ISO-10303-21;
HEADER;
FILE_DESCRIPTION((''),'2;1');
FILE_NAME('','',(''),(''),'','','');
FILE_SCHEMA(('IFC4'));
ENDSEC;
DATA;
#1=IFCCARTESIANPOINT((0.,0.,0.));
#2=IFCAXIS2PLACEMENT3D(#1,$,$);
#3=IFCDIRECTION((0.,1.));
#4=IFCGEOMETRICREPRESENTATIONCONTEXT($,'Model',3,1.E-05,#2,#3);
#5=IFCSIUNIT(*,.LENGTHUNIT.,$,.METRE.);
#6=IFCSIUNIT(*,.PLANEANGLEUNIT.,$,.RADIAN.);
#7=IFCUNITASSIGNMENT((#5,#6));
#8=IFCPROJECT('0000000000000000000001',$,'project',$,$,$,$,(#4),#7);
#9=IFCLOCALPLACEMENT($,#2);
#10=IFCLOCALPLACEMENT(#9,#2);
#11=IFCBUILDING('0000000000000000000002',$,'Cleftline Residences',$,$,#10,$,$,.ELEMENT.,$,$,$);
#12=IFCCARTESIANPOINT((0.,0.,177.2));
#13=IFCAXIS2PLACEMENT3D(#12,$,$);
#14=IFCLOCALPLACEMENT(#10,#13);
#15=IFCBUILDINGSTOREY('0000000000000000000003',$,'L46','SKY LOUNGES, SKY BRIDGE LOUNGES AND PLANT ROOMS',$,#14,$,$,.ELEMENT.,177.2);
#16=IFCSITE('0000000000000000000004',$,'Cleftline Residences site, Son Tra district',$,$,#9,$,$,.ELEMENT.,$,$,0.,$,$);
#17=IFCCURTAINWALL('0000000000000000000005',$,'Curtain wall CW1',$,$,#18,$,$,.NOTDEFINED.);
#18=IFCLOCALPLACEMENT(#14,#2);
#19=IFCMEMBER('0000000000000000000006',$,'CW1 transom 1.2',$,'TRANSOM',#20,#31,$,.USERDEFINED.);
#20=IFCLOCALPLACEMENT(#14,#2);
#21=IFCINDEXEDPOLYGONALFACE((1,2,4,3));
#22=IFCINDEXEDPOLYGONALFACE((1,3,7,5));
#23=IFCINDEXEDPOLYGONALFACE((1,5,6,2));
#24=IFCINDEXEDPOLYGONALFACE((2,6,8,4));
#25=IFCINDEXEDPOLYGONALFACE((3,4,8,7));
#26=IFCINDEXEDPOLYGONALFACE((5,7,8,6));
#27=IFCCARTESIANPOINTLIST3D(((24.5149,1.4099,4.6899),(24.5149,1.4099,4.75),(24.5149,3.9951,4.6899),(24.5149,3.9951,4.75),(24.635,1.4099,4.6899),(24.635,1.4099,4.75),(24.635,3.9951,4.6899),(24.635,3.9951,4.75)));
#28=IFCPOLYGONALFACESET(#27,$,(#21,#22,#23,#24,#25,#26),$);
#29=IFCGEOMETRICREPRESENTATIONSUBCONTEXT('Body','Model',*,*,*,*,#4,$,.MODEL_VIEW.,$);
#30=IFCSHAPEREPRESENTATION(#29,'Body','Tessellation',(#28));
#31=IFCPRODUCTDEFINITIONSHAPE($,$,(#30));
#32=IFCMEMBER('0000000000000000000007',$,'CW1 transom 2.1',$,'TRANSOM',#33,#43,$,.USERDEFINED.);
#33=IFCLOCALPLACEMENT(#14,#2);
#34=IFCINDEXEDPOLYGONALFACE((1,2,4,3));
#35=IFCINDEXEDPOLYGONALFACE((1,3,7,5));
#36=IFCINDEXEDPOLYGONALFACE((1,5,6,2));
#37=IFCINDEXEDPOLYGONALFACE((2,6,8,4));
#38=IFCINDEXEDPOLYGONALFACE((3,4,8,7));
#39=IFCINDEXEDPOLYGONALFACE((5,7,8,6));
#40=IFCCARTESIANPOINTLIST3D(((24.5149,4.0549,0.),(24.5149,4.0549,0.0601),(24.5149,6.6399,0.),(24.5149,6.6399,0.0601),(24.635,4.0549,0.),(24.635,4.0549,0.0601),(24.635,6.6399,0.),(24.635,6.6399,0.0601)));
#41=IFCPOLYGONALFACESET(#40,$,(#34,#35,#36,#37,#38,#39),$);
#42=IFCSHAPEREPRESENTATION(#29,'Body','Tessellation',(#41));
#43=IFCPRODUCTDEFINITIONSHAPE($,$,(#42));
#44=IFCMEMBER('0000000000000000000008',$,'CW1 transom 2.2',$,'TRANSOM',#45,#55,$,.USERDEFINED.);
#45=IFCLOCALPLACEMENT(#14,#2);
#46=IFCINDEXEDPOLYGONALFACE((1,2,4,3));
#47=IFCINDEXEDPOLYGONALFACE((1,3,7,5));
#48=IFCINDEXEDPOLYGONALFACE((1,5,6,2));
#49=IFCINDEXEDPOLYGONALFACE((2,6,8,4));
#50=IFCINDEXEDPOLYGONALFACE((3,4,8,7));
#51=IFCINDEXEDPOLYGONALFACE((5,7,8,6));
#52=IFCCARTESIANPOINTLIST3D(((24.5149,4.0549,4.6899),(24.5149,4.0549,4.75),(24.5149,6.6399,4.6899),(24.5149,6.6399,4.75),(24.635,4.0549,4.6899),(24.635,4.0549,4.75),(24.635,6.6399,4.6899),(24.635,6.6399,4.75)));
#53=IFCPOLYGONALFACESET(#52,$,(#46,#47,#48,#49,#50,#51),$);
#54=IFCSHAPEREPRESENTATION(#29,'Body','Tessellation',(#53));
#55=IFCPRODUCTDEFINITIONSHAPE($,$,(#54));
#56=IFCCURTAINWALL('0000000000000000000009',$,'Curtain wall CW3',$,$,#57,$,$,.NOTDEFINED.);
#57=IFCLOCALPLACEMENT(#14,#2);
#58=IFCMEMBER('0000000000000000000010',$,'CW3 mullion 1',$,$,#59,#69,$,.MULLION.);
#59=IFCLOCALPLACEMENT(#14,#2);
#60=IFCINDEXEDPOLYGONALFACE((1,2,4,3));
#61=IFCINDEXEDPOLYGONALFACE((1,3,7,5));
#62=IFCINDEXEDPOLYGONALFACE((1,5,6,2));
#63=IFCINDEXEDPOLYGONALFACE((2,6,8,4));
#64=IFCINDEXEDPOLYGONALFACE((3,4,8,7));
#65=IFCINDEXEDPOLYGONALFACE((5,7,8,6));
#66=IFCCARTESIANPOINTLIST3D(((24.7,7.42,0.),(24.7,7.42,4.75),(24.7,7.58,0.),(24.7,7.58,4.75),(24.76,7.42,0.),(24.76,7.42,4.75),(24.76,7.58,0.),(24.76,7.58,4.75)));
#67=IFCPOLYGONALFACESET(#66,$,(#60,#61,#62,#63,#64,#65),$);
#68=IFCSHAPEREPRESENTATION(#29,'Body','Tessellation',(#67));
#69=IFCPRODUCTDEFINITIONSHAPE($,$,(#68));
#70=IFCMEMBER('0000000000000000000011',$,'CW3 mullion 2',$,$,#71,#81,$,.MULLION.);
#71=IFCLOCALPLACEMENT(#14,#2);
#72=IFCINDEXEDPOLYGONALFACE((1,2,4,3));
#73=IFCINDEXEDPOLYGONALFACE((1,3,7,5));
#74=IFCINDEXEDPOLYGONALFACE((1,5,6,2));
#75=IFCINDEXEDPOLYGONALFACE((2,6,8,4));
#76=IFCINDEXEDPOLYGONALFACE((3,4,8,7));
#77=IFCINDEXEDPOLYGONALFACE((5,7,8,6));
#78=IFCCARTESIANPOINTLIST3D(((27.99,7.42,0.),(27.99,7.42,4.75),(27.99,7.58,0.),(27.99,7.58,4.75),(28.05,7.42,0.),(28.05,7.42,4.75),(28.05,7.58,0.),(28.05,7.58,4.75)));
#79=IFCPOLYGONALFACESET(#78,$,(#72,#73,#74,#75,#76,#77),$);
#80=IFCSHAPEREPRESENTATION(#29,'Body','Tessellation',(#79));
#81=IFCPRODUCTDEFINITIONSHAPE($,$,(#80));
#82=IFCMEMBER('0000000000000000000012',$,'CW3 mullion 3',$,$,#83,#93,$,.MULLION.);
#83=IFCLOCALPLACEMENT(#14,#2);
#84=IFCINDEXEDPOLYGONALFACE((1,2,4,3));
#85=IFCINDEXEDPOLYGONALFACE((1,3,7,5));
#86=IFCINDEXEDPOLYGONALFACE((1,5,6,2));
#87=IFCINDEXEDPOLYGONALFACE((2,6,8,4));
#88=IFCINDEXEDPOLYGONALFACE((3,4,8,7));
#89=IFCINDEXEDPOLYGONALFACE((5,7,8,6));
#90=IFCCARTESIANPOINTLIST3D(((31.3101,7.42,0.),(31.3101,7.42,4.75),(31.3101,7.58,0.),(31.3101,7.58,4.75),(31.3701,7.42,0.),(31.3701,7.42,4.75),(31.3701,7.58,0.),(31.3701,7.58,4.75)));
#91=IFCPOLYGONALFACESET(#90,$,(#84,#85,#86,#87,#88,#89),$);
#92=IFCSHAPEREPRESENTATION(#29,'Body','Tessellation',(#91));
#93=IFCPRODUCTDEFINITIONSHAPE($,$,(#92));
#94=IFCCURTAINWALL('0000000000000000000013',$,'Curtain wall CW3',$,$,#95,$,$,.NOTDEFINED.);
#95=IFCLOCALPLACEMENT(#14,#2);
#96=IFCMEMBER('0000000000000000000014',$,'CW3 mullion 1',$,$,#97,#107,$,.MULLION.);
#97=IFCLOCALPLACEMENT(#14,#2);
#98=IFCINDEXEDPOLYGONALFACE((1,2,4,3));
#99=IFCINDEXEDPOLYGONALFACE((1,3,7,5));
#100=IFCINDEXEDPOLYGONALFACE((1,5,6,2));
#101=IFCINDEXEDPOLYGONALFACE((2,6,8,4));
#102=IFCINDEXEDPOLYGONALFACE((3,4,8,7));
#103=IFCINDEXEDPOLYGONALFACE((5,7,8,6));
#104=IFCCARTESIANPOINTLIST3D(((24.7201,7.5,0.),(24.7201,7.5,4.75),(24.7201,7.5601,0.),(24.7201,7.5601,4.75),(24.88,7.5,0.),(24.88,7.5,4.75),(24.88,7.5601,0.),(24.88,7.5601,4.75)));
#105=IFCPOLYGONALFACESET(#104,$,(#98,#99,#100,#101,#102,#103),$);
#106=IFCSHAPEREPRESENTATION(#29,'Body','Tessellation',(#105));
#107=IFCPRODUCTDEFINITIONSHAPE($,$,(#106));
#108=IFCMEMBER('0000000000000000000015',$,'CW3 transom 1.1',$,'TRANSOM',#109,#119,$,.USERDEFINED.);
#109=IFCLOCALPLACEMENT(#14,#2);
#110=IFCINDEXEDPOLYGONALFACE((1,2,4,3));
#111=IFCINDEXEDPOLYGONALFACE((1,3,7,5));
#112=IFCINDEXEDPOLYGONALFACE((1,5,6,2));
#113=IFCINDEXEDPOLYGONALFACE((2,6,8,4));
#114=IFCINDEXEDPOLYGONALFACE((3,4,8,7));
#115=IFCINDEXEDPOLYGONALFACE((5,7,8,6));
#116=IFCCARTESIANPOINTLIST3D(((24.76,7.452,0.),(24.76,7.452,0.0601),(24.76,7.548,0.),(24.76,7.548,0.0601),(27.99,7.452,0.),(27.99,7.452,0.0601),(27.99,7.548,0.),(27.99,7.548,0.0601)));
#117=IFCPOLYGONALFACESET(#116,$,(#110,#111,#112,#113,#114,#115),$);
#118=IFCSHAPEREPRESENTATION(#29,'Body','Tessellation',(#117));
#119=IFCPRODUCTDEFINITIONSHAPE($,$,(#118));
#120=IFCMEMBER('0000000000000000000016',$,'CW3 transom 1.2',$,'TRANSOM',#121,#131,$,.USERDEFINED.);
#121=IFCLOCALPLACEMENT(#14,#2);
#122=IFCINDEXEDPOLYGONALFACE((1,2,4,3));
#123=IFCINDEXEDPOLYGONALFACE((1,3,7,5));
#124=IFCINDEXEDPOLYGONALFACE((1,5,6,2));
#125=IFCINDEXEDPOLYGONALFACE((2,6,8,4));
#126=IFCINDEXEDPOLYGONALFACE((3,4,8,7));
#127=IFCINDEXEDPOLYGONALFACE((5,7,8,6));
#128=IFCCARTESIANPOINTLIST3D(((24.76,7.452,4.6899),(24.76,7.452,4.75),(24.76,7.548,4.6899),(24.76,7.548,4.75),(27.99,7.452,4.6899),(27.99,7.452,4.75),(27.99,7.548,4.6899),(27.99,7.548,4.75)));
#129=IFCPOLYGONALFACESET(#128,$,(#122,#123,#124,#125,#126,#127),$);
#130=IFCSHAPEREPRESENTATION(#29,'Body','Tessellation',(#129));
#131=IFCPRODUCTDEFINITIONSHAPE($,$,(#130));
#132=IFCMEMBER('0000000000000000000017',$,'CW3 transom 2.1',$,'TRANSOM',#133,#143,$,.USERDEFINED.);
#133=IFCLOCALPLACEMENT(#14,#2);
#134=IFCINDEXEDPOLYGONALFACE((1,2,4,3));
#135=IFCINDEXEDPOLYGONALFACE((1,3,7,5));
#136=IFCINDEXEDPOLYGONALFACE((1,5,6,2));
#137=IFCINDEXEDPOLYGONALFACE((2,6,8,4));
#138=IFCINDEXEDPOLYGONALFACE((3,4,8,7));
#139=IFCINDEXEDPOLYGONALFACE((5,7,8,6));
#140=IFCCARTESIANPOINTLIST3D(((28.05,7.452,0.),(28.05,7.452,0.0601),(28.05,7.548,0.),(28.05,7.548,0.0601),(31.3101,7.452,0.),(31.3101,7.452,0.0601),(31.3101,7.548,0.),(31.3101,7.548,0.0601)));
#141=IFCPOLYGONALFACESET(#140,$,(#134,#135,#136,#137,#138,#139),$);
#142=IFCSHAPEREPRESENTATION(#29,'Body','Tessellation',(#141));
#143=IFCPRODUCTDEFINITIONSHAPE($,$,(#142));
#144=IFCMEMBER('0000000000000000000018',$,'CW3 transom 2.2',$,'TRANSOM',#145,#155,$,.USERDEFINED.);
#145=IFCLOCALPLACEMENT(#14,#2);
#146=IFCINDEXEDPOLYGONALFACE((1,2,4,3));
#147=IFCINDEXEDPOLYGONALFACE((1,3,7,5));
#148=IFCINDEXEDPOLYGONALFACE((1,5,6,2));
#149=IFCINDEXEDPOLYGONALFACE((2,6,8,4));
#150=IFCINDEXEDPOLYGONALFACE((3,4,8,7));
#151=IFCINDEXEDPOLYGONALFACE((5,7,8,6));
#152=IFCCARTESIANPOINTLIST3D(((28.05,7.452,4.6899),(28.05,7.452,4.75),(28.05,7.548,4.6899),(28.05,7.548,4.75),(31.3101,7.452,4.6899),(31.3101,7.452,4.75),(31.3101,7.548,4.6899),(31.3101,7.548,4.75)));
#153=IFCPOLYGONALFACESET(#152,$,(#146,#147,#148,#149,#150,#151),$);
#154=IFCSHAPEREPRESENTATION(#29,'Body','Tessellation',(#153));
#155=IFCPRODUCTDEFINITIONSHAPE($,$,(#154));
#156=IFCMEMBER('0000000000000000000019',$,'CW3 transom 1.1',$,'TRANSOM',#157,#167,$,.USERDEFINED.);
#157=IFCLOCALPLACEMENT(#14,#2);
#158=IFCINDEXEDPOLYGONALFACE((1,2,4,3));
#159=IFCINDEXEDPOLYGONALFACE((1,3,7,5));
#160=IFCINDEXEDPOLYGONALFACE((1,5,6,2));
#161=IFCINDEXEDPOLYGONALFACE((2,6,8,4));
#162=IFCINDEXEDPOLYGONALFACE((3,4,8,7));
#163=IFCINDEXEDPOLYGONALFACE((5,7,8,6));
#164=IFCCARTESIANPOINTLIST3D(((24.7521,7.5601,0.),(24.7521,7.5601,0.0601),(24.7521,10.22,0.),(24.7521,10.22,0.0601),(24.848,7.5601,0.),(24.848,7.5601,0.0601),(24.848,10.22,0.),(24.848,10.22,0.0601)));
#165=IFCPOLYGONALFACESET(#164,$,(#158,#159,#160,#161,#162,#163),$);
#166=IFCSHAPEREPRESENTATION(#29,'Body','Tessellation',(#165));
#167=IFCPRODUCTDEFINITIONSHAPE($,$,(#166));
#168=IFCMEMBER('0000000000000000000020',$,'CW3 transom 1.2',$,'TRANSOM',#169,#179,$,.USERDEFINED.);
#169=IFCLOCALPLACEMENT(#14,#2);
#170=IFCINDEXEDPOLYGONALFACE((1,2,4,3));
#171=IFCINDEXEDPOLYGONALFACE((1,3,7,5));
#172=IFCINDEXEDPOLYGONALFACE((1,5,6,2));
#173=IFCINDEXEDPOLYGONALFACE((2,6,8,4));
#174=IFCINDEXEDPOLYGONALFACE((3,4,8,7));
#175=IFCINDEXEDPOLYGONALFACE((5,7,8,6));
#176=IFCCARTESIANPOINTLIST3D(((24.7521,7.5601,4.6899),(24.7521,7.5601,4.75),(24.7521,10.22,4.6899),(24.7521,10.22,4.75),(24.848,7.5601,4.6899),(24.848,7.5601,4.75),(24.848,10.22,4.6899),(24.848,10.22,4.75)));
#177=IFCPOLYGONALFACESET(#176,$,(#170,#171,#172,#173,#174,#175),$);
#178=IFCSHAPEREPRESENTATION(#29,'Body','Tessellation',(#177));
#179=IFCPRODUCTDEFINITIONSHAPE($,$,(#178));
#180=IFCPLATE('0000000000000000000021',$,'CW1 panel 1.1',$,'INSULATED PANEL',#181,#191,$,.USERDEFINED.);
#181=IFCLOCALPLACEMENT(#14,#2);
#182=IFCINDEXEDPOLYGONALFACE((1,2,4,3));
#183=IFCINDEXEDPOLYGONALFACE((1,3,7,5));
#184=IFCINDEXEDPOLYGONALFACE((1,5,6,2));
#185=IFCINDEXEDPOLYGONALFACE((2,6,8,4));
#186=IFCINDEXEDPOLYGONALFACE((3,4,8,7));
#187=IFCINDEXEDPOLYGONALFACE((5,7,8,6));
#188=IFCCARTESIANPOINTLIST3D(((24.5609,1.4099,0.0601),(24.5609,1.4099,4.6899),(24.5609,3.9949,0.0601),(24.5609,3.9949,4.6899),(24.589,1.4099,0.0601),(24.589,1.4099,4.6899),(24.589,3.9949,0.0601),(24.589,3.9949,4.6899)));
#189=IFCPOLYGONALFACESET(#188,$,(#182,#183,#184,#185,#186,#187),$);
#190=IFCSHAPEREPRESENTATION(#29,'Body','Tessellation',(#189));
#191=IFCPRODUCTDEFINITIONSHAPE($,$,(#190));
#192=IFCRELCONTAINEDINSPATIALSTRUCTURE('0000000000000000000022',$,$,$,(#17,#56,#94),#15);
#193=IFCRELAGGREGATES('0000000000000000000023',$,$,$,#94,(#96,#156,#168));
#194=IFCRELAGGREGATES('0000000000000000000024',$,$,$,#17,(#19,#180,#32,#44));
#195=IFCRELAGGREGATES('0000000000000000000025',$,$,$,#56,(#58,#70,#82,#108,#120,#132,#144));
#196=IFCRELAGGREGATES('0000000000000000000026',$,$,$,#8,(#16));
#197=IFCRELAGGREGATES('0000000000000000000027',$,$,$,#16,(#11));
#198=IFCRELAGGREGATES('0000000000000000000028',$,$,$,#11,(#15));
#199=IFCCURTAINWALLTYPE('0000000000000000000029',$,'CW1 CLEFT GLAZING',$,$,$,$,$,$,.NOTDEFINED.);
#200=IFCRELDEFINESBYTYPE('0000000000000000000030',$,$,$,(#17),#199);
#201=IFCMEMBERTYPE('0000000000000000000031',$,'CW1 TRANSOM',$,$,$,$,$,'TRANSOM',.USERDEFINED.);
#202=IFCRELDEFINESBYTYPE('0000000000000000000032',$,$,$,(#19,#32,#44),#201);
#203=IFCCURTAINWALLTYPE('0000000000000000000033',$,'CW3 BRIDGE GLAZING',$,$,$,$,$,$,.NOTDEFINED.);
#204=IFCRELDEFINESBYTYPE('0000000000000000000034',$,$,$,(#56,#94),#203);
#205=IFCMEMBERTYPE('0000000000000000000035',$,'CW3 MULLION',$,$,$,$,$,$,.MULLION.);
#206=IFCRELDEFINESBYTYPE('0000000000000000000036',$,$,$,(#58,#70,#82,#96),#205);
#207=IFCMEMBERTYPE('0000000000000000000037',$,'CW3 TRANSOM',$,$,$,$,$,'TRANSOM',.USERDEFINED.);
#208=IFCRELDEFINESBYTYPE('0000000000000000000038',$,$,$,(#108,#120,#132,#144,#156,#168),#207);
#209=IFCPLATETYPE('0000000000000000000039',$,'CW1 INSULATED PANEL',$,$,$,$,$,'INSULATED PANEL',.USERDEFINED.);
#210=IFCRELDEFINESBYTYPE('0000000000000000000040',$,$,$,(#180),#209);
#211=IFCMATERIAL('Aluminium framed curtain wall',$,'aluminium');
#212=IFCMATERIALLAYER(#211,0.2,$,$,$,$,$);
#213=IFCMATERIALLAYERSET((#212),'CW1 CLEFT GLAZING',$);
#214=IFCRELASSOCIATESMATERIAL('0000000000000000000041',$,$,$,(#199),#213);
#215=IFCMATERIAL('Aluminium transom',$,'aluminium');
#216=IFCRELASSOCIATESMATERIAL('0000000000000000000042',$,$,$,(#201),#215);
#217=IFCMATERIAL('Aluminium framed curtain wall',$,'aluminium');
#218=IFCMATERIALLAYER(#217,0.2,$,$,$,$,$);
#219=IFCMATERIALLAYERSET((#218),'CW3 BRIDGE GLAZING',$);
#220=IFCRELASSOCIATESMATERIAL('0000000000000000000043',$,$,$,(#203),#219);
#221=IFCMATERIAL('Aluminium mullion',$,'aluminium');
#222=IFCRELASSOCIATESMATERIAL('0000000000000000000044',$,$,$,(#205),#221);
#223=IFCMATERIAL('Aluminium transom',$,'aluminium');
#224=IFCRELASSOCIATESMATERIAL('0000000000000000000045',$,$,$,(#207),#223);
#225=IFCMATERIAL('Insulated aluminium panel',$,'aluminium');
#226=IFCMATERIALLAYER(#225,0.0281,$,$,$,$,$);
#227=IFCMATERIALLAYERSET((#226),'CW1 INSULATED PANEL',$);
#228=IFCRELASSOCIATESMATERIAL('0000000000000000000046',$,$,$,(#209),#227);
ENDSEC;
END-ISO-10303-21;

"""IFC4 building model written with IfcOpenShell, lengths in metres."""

from ifc_helpers import new_model, si_unit, direction, frame, origin, origin_2d, place, context, subcontext, project, spatial, rectangle, extrude, material, layer, layer_set, material_profile, profile_set, type_object, element, aggregate, save


model = new_model("IFC4")

# Units and contexts
model_context = context("Model", 3, precision=1e-05, world=origin(), true_north=direction((0.0, 1.0)))
body_context = subcontext(model_context, "Body", "Model", "MODEL_VIEW")
ifc_project = project(units=[si_unit("LENGTHUNIT", "METRE"), si_unit("PLANEANGLEUNIT", "RADIAN")], contexts=[model_context])

# Site, building, storey
site_placement = place(None, origin())
site = spatial("IfcSite", under=ifc_project, at=site_placement, Name="Cleftline Residences site, Son Tra district", CompositionType="ELEMENT", RefElevation=0.0)
building_placement = place(site_placement, origin())
building = spatial("IfcBuilding", under=site, at=building_placement, Name="Cleftline Residences", CompositionType="ELEMENT")
storey_placement = place(building_placement, frame((0.0, 0.0, 177.2)))
storey = spatial("IfcBuildingStorey", under=building, at=storey_placement, Name="L46", Description="SKY LOUNGES, SKY BRIDGE LOUNGES AND PLANT ROOMS", CompositionType="ELEMENT", Elevation=177.2)

# Curtain walls, members
ifc_material_1 = material(Name="Aluminium framed curtain wall", Category="aluminium")
ifc_layer_1 = layer(ifc_material_1, 0.2)
ifc_layer_set_1 = layer_set([ifc_layer_1], Name="CW1 CLEFT GLAZING")
curtain_wall_type_1 = type_object("IfcCurtainWallType", Name="CW1 CLEFT GLAZING", PredefinedType="NOTDEFINED", material=ifc_layer_set_1)
curtain_wall_1_placement = place(storey_placement, origin())
curtain_wall_1 = element("IfcCurtainWall", 1, at=curtain_wall_1_placement, inside=storey, type_object=curtain_wall_type_1, Name="Curtain wall CW1", PredefinedType="NOTDEFINED")
ifc_material_2 = material(Name="Aluminium transom", Category="aluminium")
ifc_material_profile_1 = material_profile(ifc_material_2, rectangle(XDim=0.1201, YDim=0.0601, at=origin_2d()))
ifc_profile_set_1 = profile_set([ifc_material_profile_1], Name="Aluminium transom")
member_type_1 = type_object("IfcMemberType", Name="CW1 TRANSOM", ElementType="TRANSOM", PredefinedType="USERDEFINED", material=ifc_profile_set_1)
member_1_placement = place(storey_placement, frame((24.575, 1.4099, 4.72), z_axis=(0.0, 1.0, 0.0), x_axis=(-1.0, 0.0, 0.0)))
member_1 = element("IfcMember", 2, at=member_1_placement, type_object=member_type_1, Name="CW1 transom 1.2", ObjectType="TRANSOM", PredefinedType="USERDEFINED", context=body_context, shape_type="SweptSolid", body=[
    extrude(rectangle(XDim=0.1201, YDim=0.0601, at=origin_2d()), origin(), (0.0, 0.0, 1.0), 2.5852),
])
member_2_placement = place(storey_placement, frame((24.575, 4.0549, 0.03), z_axis=(0.0, 1.0, 0.0), x_axis=(-1.0, 0.0, 0.0)))
member_2 = element("IfcMember", 3, at=member_2_placement, type_object=member_type_1, Name="CW1 transom 2.1", ObjectType="TRANSOM", PredefinedType="USERDEFINED", context=body_context, shape_type="SweptSolid", body=[
    extrude(rectangle(XDim=0.1201, YDim=0.0601, at=origin_2d()), origin(), (0.0, 0.0, 1.0), 2.585),
])
member_3_placement = place(storey_placement, frame((24.575, 4.0549, 4.72), z_axis=(0.0, 1.0, 0.0), x_axis=(-1.0, 0.0, 0.0)))
member_3 = element("IfcMember", 4, at=member_3_placement, type_object=member_type_1, Name="CW1 transom 2.2", ObjectType="TRANSOM", PredefinedType="USERDEFINED", context=body_context, shape_type="SweptSolid", body=[
    extrude(rectangle(XDim=0.1201, YDim=0.0601, at=origin_2d()), origin(), (0.0, 0.0, 1.0), 2.585),
])
ifc_material_3 = material(Name="Aluminium framed curtain wall", Category="aluminium")
ifc_layer_2 = layer(ifc_material_3, 0.2)
ifc_layer_set_2 = layer_set([ifc_layer_2], Name="CW3 BRIDGE GLAZING")
curtain_wall_type_2 = type_object("IfcCurtainWallType", Name="CW3 BRIDGE GLAZING", PredefinedType="NOTDEFINED", material=ifc_layer_set_2)
curtain_wall_2_placement = place(storey_placement, origin())
curtain_wall_2 = element("IfcCurtainWall", 5, at=curtain_wall_2_placement, inside=storey, type_object=curtain_wall_type_2, Name="Curtain wall CW3", PredefinedType="NOTDEFINED")
ifc_material_4 = material(Name="Aluminium mullion", Category="aluminium")
ifc_material_profile_2 = material_profile(ifc_material_4, rectangle(XDim=0.1599, YDim=0.0601, at=origin_2d()))
ifc_profile_set_2 = profile_set([ifc_material_profile_2], Name="Aluminium mullion")
member_type_2 = type_object("IfcMemberType", Name="CW3 MULLION", PredefinedType="MULLION", material=ifc_profile_set_2)
member_4_placement = place(storey_placement, frame((24.73, 7.5, 0.0), z_axis=(0.0, 0.0, 1.0), x_axis=(0.0, 1.0, 0.0)))
member_4 = element("IfcMember", 6, at=member_4_placement, type_object=member_type_2, Name="CW3 mullion 1", PredefinedType="MULLION", context=body_context, shape_type="SweptSolid", body=[
    extrude(rectangle(XDim=0.1599, YDim=0.0601, at=origin_2d()), origin(), (0.0, 0.0, 1.0), 4.75),
])
member_5_placement = place(storey_placement, frame((28.02, 7.5, 0.0), z_axis=(0.0, 0.0, 1.0), x_axis=(0.0, 1.0, 0.0)))
member_5 = element("IfcMember", 7, at=member_5_placement, type_object=member_type_2, Name="CW3 mullion 2", PredefinedType="MULLION", context=body_context, shape_type="SweptSolid", body=[
    extrude(rectangle(XDim=0.1599, YDim=0.0601, at=origin_2d()), origin(), (0.0, 0.0, 1.0), 4.75),
])
member_6_placement = place(storey_placement, frame((31.3401, 7.5, 0.0), z_axis=(0.0, 0.0, 1.0), x_axis=(0.0, 1.0, 0.0)))
member_6 = element("IfcMember", 8, at=member_6_placement, type_object=member_type_2, Name="CW3 mullion 3", PredefinedType="MULLION", context=body_context, shape_type="SweptSolid", body=[
    extrude(rectangle(XDim=0.1599, YDim=0.0601, at=origin_2d()), origin(), (0.0, 0.0, 1.0), 4.75),
])

# Curtain wall, member
curtain_wall_3_placement = place(storey_placement, origin())
curtain_wall_3 = element("IfcCurtainWall", 9, at=curtain_wall_3_placement, inside=storey, type_object=curtain_wall_type_2, Name="Curtain wall CW3", PredefinedType="NOTDEFINED")
member_7_placement = place(storey_placement, frame((24.8, 7.53, 0.0), z_axis=(0.0, 0.0, 1.0), x_axis=(-1.0, 0.0, 0.0)))
member_7 = element("IfcMember", 10, at=member_7_placement, type_object=member_type_2, Name="CW3 mullion 1", PredefinedType="MULLION", context=body_context, shape_type="SweptSolid", body=[
    extrude(rectangle(XDim=0.1599, YDim=0.0601, at=origin_2d()), origin(), (0.0, 0.0, 1.0), 4.75),
])

# Members
ifc_material_5 = material(Name="Aluminium transom", Category="aluminium")
ifc_material_profile_3 = material_profile(ifc_material_5, rectangle(XDim=0.0959, YDim=0.0601, at=origin_2d()))
ifc_profile_set_3 = profile_set([ifc_material_profile_3], Name="Aluminium transom")
member_type_3 = type_object("IfcMemberType", Name="CW3 TRANSOM", ElementType="TRANSOM", PredefinedType="USERDEFINED", material=ifc_profile_set_3)
member_8_placement = place(storey_placement, frame((24.76, 7.5, 0.03), z_axis=(1.0, 0.0, 0.0), x_axis=(0.0, 1.0, 0.0)))
member_8 = element("IfcMember", 11, at=member_8_placement, type_object=member_type_3, Name="CW3 transom 1.1", ObjectType="TRANSOM", PredefinedType="USERDEFINED", context=body_context, shape_type="SweptSolid", body=[
    extrude(rectangle(XDim=0.0959, YDim=0.0601, at=origin_2d()), origin(), (0.0, 0.0, 1.0), 3.23),
])
member_9_placement = place(storey_placement, frame((24.76, 7.5, 4.72), z_axis=(1.0, 0.0, 0.0), x_axis=(0.0, 1.0, 0.0)))
member_9 = element("IfcMember", 12, at=member_9_placement, type_object=member_type_3, Name="CW3 transom 1.2", ObjectType="TRANSOM", PredefinedType="USERDEFINED", context=body_context, shape_type="SweptSolid", body=[
    extrude(rectangle(XDim=0.0959, YDim=0.0601, at=origin_2d()), origin(), (0.0, 0.0, 1.0), 3.23),
])
member_10_placement = place(storey_placement, frame((28.05, 7.5, 0.03), z_axis=(1.0, 0.0, 0.0), x_axis=(0.0, 1.0, 0.0)))
member_10 = element("IfcMember", 13, at=member_10_placement, type_object=member_type_3, Name="CW3 transom 2.1", ObjectType="TRANSOM", PredefinedType="USERDEFINED", context=body_context, shape_type="SweptSolid", body=[
    extrude(rectangle(XDim=0.0959, YDim=0.0601, at=origin_2d()), origin(), (0.0, 0.0, 1.0), 3.26),
])
member_11_placement = place(storey_placement, frame((28.05, 7.5, 4.72), z_axis=(1.0, 0.0, 0.0), x_axis=(0.0, 1.0, 0.0)))
member_11 = element("IfcMember", 14, at=member_11_placement, type_object=member_type_3, Name="CW3 transom 2.2", ObjectType="TRANSOM", PredefinedType="USERDEFINED", context=body_context, shape_type="SweptSolid", body=[
    extrude(rectangle(XDim=0.0959, YDim=0.0601, at=origin_2d()), origin(), (0.0, 0.0, 1.0), 3.26),
])
member_12_placement = place(storey_placement, frame((24.8, 7.5601, 0.03), z_axis=(0.0, 1.0, 0.0), x_axis=(-1.0, 0.0, 0.0)))
member_12 = element("IfcMember", 15, at=member_12_placement, type_object=member_type_3, Name="CW3 transom 1.1", ObjectType="TRANSOM", PredefinedType="USERDEFINED", context=body_context, shape_type="SweptSolid", body=[
    extrude(rectangle(XDim=0.0959, YDim=0.0601, at=origin_2d()), origin(), (0.0, 0.0, 1.0), 2.6599),
])
member_13_placement = place(storey_placement, frame((24.8, 7.5601, 4.72), z_axis=(0.0, 1.0, 0.0), x_axis=(-1.0, 0.0, 0.0)))
member_13 = element("IfcMember", 16, at=member_13_placement, type_object=member_type_3, Name="CW3 transom 1.2", ObjectType="TRANSOM", PredefinedType="USERDEFINED", context=body_context, shape_type="SweptSolid", body=[
    extrude(rectangle(XDim=0.0959, YDim=0.0601, at=origin_2d()), origin(), (0.0, 0.0, 1.0), 2.6599),
])
aggregate(curtain_wall_3, [member_7, member_12, member_13])

# Plate
ifc_material_6 = material(Name="Insulated aluminium panel", Category="aluminium")
ifc_layer_3 = layer(ifc_material_6, 0.0281)
ifc_layer_set_3 = layer_set([ifc_layer_3], Name="CW1 INSULATED PANEL")
plate_type_1 = type_object("IfcPlateType", Name="CW1 INSULATED PANEL", ElementType="INSULATED PANEL", PredefinedType="USERDEFINED", material=ifc_layer_set_3)
plate_1_placement = place(storey_placement, frame((24.575, 2.7024, 0.0601), z_axis=(0.0, 0.0, 1.0), x_axis=(0.0, 1.0, 0.0)))
plate_1 = element("IfcPlate", 17, at=plate_1_placement, type_object=plate_type_1, Name="CW1 panel 1.1", ObjectType="INSULATED PANEL", PredefinedType="USERDEFINED", context=body_context, shape_type="SweptSolid", body=[
    extrude(rectangle(XDim=2.585, YDim=0.0281, at=origin_2d()), origin(), (0.0, 0.0, 1.0), 4.6299),
])
aggregate(curtain_wall_1, [member_1, plate_1, member_2, member_3])
aggregate(curtain_wall_2, [member_4, member_5, member_6, member_8, member_9, member_10, member_11])

save(model, "model.ifc")
